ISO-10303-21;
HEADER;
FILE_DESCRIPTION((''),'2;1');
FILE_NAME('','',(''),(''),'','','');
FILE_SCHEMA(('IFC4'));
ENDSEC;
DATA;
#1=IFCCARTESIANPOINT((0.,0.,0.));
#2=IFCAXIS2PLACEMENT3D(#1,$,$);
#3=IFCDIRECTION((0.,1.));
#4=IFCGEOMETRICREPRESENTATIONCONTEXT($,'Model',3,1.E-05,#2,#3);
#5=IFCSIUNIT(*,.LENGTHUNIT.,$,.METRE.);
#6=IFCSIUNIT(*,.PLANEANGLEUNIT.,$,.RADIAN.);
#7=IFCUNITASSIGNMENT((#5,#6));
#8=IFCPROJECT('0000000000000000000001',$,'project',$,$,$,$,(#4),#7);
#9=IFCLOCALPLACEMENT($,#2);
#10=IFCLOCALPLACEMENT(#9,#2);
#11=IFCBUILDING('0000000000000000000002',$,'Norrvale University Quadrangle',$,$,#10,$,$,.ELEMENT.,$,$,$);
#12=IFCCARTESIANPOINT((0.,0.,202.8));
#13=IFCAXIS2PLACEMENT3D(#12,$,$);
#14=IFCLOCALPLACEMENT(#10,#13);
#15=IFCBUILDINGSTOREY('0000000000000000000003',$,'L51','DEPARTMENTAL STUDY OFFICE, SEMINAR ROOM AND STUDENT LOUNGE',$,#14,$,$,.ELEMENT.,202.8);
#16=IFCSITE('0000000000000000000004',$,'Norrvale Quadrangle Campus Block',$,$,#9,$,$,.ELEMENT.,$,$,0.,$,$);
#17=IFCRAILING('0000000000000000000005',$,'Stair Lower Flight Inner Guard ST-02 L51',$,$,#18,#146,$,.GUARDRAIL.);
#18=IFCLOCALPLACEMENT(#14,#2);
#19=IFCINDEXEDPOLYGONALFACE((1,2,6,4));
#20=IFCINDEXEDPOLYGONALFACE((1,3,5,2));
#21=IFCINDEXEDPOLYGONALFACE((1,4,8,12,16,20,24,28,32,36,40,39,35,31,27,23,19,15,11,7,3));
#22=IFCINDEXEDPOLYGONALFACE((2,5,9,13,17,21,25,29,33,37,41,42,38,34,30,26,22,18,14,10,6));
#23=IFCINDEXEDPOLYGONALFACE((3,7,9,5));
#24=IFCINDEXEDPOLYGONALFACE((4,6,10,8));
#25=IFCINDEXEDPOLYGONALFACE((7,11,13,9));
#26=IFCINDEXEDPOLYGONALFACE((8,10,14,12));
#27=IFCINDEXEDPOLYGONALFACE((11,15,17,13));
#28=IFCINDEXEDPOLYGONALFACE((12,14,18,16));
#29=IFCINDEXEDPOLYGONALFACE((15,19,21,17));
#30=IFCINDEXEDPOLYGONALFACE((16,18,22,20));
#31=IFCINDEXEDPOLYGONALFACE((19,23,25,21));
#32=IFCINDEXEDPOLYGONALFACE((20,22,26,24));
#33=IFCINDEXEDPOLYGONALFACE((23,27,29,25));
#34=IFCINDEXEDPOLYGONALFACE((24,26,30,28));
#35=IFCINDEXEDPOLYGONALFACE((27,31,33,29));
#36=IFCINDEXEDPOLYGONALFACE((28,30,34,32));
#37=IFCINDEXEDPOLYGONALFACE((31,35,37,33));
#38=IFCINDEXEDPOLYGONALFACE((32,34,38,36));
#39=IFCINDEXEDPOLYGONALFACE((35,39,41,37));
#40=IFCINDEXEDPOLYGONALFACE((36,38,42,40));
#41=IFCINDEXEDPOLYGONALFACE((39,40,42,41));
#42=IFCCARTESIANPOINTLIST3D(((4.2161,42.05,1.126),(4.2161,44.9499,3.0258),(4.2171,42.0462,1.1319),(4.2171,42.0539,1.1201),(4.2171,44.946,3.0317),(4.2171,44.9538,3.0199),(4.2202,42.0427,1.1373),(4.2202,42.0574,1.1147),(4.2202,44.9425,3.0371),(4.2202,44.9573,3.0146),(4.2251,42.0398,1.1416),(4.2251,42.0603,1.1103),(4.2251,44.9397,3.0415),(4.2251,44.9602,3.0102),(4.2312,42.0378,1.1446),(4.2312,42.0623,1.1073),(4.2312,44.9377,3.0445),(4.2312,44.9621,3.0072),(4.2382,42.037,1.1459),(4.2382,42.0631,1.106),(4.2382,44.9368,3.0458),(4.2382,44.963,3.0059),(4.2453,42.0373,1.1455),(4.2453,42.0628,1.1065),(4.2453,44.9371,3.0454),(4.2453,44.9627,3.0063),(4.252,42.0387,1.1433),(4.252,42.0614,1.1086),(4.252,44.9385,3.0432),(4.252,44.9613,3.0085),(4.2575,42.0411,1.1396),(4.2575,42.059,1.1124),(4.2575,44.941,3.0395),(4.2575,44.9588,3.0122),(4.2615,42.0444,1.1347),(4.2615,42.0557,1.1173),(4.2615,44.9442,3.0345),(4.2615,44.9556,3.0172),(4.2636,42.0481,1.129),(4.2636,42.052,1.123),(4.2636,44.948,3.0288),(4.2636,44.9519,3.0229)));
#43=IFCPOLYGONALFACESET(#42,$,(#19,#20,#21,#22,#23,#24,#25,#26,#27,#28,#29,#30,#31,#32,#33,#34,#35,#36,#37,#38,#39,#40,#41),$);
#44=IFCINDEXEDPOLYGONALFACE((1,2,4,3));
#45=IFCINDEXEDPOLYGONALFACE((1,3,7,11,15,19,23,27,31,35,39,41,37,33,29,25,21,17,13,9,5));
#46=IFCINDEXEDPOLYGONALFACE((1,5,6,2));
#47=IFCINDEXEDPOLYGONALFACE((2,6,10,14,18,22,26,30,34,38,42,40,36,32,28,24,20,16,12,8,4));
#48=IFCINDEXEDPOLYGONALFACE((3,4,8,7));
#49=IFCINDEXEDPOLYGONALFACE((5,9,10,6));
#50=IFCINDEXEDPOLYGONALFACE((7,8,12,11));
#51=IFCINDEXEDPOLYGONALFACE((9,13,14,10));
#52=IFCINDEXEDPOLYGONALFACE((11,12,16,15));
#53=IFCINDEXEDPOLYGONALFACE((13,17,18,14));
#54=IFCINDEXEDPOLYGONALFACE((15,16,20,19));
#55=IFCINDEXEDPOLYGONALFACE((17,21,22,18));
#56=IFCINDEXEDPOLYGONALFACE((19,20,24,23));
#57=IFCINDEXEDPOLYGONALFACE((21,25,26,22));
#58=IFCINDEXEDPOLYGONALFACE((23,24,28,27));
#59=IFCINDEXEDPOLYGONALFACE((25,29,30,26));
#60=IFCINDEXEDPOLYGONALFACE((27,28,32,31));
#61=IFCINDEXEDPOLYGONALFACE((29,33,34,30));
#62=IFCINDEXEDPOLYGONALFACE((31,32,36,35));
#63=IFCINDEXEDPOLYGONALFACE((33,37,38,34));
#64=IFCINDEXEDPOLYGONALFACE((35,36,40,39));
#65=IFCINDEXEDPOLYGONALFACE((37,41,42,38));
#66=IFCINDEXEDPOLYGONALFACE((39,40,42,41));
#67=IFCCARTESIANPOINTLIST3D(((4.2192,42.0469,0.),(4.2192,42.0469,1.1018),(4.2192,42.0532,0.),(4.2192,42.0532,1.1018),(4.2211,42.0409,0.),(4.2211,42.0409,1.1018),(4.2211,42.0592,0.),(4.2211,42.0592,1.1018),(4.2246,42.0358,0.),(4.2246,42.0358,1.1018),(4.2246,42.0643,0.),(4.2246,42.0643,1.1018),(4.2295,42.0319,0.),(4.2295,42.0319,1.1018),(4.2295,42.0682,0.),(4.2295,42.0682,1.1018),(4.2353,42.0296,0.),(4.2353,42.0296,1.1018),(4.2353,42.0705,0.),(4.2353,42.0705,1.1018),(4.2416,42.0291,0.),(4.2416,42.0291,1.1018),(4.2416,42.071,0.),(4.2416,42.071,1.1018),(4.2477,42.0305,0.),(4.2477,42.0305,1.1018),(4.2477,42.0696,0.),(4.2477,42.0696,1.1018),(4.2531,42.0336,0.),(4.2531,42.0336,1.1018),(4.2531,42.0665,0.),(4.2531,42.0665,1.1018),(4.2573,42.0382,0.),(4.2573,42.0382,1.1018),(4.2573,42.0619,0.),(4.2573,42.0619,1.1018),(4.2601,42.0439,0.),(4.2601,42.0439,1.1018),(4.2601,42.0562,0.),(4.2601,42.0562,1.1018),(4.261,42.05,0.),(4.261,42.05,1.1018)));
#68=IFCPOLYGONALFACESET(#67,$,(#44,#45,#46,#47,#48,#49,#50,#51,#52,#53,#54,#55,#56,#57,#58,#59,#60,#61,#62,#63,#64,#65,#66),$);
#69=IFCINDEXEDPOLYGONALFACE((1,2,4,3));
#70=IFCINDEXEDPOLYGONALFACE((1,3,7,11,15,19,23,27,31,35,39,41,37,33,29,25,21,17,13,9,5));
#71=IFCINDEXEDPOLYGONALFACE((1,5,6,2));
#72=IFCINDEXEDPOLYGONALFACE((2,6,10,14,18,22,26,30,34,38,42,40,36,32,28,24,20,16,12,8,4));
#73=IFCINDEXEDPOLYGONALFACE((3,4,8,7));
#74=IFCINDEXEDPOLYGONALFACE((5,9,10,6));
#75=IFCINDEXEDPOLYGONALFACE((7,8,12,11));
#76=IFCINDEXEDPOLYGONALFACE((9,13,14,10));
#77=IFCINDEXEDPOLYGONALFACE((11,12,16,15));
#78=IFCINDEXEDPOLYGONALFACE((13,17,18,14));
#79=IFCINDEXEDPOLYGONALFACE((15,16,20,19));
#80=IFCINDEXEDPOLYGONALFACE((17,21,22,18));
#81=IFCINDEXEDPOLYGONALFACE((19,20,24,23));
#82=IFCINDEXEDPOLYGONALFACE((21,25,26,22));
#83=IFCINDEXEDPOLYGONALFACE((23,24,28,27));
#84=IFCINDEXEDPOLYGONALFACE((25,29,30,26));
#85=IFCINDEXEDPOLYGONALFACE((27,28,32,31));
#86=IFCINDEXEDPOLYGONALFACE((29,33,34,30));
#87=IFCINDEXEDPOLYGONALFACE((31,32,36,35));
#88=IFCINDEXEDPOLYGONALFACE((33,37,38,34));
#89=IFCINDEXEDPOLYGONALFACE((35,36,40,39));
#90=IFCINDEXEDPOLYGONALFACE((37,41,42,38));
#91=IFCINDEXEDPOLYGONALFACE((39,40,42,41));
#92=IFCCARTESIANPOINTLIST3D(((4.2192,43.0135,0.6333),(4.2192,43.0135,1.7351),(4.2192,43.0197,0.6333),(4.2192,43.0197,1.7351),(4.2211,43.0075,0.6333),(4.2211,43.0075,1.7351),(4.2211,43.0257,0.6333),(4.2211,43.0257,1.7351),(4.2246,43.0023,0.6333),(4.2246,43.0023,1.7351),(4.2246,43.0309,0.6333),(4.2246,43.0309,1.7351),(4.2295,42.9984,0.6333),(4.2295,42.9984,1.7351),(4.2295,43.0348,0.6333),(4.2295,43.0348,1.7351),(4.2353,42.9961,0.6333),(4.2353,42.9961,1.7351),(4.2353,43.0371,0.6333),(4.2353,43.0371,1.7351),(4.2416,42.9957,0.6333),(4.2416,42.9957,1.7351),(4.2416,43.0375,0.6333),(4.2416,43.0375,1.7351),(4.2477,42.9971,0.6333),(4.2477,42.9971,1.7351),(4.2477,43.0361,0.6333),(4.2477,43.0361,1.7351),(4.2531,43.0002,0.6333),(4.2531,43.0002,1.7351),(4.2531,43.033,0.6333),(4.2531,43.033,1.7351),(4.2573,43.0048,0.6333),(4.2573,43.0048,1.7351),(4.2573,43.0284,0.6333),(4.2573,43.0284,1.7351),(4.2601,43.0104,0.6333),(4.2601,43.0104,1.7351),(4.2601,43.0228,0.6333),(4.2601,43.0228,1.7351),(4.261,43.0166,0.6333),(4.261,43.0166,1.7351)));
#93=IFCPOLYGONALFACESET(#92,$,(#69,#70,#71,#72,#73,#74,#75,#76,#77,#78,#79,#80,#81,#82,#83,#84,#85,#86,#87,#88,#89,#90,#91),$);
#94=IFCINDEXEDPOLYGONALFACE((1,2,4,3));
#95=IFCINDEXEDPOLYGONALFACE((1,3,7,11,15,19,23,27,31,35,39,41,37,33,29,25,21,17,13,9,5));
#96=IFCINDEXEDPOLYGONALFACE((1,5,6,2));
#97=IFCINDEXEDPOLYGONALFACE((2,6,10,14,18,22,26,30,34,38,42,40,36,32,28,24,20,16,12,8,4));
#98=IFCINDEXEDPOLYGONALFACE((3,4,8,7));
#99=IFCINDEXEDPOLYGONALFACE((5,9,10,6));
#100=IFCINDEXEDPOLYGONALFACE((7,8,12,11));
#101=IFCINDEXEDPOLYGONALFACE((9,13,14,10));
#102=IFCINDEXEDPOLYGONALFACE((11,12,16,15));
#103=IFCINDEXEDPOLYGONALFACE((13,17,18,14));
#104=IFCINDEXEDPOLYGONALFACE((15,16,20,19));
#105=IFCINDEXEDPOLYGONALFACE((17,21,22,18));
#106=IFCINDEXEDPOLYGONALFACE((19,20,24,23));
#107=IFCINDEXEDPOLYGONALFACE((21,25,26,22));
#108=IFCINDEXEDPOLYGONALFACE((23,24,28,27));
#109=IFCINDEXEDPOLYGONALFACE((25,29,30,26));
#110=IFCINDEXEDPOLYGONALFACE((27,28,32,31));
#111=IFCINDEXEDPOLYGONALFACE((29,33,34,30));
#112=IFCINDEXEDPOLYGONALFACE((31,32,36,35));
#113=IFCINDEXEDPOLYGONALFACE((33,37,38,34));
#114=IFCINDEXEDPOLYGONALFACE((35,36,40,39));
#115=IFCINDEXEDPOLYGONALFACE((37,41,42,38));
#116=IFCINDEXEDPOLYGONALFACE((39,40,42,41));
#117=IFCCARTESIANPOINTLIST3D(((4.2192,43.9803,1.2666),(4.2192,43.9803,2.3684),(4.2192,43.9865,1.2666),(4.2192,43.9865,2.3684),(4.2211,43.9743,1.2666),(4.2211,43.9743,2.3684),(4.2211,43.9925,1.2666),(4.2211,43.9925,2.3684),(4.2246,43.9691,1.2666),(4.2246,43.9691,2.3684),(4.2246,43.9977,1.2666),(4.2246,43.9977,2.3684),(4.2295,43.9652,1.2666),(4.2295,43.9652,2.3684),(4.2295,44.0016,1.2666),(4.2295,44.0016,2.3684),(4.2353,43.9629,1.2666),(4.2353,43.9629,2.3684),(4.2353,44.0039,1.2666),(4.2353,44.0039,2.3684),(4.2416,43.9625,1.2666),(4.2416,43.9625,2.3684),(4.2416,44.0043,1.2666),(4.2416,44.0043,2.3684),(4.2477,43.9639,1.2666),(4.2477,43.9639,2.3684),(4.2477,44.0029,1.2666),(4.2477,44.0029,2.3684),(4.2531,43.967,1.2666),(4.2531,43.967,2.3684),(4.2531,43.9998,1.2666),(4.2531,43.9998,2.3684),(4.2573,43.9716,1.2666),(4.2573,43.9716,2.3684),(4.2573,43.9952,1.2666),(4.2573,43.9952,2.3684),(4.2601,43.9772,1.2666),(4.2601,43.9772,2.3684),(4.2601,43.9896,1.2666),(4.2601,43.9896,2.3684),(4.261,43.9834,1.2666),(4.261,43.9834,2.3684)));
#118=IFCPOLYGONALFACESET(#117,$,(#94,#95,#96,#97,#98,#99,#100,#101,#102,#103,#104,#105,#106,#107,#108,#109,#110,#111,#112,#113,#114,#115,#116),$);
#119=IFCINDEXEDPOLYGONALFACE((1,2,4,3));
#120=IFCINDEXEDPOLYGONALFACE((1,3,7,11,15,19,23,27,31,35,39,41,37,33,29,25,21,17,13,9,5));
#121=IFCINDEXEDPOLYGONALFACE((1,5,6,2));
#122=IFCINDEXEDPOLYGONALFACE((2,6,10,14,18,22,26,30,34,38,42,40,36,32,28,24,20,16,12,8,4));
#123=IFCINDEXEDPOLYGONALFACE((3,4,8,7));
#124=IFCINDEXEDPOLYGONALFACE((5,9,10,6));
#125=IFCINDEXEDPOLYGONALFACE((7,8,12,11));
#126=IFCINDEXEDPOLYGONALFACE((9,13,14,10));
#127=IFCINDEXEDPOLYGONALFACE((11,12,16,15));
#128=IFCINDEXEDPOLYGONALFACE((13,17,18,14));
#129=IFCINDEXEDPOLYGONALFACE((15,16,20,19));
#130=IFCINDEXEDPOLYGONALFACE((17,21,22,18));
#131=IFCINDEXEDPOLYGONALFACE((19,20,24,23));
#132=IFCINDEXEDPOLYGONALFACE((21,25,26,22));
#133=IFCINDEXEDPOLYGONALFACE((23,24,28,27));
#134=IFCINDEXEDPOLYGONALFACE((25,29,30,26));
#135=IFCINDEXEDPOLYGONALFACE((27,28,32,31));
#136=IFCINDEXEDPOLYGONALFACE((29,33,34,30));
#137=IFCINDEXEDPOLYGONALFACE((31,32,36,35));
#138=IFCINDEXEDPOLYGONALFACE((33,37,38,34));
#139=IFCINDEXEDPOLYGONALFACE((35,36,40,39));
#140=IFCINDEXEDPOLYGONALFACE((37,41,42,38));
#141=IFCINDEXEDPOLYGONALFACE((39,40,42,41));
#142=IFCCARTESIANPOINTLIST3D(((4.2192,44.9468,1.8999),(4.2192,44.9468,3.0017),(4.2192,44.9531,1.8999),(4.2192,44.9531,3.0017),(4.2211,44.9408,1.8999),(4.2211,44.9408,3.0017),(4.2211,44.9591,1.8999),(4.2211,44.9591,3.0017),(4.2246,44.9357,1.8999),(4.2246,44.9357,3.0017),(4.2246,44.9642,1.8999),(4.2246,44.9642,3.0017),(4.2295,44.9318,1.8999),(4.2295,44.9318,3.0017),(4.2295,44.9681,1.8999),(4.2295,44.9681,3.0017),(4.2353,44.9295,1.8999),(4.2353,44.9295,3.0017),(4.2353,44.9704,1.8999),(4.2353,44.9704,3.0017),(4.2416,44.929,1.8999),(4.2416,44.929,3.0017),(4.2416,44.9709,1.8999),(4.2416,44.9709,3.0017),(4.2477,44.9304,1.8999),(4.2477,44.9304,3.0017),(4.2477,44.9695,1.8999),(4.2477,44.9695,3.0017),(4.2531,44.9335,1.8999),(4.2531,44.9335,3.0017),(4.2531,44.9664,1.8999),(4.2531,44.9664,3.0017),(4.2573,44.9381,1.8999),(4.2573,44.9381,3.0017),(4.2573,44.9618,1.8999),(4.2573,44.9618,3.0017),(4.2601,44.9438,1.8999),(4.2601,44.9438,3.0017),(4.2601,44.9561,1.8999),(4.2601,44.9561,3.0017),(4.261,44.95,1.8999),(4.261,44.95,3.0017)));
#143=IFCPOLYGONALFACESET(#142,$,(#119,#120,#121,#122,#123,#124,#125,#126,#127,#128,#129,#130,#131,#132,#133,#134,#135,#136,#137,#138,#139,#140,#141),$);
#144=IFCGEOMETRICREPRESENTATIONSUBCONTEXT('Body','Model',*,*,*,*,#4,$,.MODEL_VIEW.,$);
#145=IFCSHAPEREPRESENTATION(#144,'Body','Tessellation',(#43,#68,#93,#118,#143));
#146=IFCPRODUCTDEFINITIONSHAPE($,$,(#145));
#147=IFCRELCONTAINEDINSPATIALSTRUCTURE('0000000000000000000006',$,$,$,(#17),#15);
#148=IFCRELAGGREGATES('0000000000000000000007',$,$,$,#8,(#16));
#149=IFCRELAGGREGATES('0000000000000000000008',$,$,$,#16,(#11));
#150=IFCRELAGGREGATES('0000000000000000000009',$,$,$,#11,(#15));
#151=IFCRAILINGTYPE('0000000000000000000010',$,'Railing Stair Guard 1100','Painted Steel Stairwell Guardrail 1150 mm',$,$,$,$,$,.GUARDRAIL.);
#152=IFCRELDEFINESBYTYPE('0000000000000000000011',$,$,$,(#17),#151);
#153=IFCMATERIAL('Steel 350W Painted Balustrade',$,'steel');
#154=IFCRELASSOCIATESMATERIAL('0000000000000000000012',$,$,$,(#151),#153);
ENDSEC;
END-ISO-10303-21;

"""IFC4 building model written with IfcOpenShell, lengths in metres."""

from ifc_helpers import new_model, si_unit, direction, frame, origin, origin_2d, place, context, subcontext, project, spatial, circle, extrude, material, type_object, element, save


model = new_model("IFC4")

# Units and contexts
model_context = context("Model", 3, precision=1e-05, world=origin(), true_north=direction((0.0, 1.0)))
body_context = subcontext(model_context, "Body", "Model", "MODEL_VIEW")
ifc_project = project(units=[si_unit("LENGTHUNIT", "METRE"), si_unit("PLANEANGLEUNIT", "RADIAN")], contexts=[model_context])

# Site, building, storey
site_placement = place(None, origin())
site = spatial("IfcSite", under=ifc_project, at=site_placement, Name="Norrvale Quadrangle Campus Block", CompositionType="ELEMENT", RefElevation=0.0)
building_placement = place(site_placement, origin())
building = spatial("IfcBuilding", under=site, at=building_placement, Name="Norrvale University Quadrangle", CompositionType="ELEMENT")
storey_placement = place(building_placement, frame((0.0, 0.0, 202.8)))
storey = spatial("IfcBuildingStorey", under=building, at=storey_placement, Name="L51", Description="DEPARTMENTAL STUDY OFFICE, SEMINAR ROOM AND STUDENT LOUNGE", CompositionType="ELEMENT", Elevation=202.8)

# Railing
ifc_material_1 = material(Name="Steel 350W Painted Balustrade", Category="steel")
railing_type_1 = type_object("IfcRailingType", Name="Railing Stair Guard 1100", Description="Painted Steel Stairwell Guardrail 1150 mm", PredefinedType="GUARDRAIL", material=ifc_material_1)
railing_1_placement = place(storey_placement, frame((4.24, 42.05, 0.0)))
element("IfcRailing", 1, at=railing_1_placement, inside=storey, type_object=railing_type_1, Name="Stair Lower Flight Inner Guard ST-02 L51", PredefinedType="GUARDRAIL", context=body_context, shape_type="SweptSolid", body=[
    extrude(circle(Radius=0.0239, at=origin_2d()), frame((0.0, 0.0, 1.126), z_axis=(0.0, 0.836466, 0.548019), x_axis=(-1.0, 0.0, 0.0)), (0.0, 0.0, 1.0), 3.4668),
    extrude(circle(Radius=0.021, at=origin_2d()), origin(), (0.0, 0.0, 1.0), 1.1018),
    extrude(circle(Radius=0.021, at=origin_2d()), frame((0.0, 0.9666, 0.6333)), (0.0, 0.0, 1.0), 1.1018),
    extrude(circle(Radius=0.021, at=origin_2d()), frame((0.0, 1.9333, 1.2666)), (0.0, 0.0, 1.0), 1.1018),
    extrude(circle(Radius=0.021, at=origin_2d()), frame((0.0, 2.8999, 1.8999)), (0.0, 0.0, 1.0), 1.1018),
])

save(model, "model.ifc")
